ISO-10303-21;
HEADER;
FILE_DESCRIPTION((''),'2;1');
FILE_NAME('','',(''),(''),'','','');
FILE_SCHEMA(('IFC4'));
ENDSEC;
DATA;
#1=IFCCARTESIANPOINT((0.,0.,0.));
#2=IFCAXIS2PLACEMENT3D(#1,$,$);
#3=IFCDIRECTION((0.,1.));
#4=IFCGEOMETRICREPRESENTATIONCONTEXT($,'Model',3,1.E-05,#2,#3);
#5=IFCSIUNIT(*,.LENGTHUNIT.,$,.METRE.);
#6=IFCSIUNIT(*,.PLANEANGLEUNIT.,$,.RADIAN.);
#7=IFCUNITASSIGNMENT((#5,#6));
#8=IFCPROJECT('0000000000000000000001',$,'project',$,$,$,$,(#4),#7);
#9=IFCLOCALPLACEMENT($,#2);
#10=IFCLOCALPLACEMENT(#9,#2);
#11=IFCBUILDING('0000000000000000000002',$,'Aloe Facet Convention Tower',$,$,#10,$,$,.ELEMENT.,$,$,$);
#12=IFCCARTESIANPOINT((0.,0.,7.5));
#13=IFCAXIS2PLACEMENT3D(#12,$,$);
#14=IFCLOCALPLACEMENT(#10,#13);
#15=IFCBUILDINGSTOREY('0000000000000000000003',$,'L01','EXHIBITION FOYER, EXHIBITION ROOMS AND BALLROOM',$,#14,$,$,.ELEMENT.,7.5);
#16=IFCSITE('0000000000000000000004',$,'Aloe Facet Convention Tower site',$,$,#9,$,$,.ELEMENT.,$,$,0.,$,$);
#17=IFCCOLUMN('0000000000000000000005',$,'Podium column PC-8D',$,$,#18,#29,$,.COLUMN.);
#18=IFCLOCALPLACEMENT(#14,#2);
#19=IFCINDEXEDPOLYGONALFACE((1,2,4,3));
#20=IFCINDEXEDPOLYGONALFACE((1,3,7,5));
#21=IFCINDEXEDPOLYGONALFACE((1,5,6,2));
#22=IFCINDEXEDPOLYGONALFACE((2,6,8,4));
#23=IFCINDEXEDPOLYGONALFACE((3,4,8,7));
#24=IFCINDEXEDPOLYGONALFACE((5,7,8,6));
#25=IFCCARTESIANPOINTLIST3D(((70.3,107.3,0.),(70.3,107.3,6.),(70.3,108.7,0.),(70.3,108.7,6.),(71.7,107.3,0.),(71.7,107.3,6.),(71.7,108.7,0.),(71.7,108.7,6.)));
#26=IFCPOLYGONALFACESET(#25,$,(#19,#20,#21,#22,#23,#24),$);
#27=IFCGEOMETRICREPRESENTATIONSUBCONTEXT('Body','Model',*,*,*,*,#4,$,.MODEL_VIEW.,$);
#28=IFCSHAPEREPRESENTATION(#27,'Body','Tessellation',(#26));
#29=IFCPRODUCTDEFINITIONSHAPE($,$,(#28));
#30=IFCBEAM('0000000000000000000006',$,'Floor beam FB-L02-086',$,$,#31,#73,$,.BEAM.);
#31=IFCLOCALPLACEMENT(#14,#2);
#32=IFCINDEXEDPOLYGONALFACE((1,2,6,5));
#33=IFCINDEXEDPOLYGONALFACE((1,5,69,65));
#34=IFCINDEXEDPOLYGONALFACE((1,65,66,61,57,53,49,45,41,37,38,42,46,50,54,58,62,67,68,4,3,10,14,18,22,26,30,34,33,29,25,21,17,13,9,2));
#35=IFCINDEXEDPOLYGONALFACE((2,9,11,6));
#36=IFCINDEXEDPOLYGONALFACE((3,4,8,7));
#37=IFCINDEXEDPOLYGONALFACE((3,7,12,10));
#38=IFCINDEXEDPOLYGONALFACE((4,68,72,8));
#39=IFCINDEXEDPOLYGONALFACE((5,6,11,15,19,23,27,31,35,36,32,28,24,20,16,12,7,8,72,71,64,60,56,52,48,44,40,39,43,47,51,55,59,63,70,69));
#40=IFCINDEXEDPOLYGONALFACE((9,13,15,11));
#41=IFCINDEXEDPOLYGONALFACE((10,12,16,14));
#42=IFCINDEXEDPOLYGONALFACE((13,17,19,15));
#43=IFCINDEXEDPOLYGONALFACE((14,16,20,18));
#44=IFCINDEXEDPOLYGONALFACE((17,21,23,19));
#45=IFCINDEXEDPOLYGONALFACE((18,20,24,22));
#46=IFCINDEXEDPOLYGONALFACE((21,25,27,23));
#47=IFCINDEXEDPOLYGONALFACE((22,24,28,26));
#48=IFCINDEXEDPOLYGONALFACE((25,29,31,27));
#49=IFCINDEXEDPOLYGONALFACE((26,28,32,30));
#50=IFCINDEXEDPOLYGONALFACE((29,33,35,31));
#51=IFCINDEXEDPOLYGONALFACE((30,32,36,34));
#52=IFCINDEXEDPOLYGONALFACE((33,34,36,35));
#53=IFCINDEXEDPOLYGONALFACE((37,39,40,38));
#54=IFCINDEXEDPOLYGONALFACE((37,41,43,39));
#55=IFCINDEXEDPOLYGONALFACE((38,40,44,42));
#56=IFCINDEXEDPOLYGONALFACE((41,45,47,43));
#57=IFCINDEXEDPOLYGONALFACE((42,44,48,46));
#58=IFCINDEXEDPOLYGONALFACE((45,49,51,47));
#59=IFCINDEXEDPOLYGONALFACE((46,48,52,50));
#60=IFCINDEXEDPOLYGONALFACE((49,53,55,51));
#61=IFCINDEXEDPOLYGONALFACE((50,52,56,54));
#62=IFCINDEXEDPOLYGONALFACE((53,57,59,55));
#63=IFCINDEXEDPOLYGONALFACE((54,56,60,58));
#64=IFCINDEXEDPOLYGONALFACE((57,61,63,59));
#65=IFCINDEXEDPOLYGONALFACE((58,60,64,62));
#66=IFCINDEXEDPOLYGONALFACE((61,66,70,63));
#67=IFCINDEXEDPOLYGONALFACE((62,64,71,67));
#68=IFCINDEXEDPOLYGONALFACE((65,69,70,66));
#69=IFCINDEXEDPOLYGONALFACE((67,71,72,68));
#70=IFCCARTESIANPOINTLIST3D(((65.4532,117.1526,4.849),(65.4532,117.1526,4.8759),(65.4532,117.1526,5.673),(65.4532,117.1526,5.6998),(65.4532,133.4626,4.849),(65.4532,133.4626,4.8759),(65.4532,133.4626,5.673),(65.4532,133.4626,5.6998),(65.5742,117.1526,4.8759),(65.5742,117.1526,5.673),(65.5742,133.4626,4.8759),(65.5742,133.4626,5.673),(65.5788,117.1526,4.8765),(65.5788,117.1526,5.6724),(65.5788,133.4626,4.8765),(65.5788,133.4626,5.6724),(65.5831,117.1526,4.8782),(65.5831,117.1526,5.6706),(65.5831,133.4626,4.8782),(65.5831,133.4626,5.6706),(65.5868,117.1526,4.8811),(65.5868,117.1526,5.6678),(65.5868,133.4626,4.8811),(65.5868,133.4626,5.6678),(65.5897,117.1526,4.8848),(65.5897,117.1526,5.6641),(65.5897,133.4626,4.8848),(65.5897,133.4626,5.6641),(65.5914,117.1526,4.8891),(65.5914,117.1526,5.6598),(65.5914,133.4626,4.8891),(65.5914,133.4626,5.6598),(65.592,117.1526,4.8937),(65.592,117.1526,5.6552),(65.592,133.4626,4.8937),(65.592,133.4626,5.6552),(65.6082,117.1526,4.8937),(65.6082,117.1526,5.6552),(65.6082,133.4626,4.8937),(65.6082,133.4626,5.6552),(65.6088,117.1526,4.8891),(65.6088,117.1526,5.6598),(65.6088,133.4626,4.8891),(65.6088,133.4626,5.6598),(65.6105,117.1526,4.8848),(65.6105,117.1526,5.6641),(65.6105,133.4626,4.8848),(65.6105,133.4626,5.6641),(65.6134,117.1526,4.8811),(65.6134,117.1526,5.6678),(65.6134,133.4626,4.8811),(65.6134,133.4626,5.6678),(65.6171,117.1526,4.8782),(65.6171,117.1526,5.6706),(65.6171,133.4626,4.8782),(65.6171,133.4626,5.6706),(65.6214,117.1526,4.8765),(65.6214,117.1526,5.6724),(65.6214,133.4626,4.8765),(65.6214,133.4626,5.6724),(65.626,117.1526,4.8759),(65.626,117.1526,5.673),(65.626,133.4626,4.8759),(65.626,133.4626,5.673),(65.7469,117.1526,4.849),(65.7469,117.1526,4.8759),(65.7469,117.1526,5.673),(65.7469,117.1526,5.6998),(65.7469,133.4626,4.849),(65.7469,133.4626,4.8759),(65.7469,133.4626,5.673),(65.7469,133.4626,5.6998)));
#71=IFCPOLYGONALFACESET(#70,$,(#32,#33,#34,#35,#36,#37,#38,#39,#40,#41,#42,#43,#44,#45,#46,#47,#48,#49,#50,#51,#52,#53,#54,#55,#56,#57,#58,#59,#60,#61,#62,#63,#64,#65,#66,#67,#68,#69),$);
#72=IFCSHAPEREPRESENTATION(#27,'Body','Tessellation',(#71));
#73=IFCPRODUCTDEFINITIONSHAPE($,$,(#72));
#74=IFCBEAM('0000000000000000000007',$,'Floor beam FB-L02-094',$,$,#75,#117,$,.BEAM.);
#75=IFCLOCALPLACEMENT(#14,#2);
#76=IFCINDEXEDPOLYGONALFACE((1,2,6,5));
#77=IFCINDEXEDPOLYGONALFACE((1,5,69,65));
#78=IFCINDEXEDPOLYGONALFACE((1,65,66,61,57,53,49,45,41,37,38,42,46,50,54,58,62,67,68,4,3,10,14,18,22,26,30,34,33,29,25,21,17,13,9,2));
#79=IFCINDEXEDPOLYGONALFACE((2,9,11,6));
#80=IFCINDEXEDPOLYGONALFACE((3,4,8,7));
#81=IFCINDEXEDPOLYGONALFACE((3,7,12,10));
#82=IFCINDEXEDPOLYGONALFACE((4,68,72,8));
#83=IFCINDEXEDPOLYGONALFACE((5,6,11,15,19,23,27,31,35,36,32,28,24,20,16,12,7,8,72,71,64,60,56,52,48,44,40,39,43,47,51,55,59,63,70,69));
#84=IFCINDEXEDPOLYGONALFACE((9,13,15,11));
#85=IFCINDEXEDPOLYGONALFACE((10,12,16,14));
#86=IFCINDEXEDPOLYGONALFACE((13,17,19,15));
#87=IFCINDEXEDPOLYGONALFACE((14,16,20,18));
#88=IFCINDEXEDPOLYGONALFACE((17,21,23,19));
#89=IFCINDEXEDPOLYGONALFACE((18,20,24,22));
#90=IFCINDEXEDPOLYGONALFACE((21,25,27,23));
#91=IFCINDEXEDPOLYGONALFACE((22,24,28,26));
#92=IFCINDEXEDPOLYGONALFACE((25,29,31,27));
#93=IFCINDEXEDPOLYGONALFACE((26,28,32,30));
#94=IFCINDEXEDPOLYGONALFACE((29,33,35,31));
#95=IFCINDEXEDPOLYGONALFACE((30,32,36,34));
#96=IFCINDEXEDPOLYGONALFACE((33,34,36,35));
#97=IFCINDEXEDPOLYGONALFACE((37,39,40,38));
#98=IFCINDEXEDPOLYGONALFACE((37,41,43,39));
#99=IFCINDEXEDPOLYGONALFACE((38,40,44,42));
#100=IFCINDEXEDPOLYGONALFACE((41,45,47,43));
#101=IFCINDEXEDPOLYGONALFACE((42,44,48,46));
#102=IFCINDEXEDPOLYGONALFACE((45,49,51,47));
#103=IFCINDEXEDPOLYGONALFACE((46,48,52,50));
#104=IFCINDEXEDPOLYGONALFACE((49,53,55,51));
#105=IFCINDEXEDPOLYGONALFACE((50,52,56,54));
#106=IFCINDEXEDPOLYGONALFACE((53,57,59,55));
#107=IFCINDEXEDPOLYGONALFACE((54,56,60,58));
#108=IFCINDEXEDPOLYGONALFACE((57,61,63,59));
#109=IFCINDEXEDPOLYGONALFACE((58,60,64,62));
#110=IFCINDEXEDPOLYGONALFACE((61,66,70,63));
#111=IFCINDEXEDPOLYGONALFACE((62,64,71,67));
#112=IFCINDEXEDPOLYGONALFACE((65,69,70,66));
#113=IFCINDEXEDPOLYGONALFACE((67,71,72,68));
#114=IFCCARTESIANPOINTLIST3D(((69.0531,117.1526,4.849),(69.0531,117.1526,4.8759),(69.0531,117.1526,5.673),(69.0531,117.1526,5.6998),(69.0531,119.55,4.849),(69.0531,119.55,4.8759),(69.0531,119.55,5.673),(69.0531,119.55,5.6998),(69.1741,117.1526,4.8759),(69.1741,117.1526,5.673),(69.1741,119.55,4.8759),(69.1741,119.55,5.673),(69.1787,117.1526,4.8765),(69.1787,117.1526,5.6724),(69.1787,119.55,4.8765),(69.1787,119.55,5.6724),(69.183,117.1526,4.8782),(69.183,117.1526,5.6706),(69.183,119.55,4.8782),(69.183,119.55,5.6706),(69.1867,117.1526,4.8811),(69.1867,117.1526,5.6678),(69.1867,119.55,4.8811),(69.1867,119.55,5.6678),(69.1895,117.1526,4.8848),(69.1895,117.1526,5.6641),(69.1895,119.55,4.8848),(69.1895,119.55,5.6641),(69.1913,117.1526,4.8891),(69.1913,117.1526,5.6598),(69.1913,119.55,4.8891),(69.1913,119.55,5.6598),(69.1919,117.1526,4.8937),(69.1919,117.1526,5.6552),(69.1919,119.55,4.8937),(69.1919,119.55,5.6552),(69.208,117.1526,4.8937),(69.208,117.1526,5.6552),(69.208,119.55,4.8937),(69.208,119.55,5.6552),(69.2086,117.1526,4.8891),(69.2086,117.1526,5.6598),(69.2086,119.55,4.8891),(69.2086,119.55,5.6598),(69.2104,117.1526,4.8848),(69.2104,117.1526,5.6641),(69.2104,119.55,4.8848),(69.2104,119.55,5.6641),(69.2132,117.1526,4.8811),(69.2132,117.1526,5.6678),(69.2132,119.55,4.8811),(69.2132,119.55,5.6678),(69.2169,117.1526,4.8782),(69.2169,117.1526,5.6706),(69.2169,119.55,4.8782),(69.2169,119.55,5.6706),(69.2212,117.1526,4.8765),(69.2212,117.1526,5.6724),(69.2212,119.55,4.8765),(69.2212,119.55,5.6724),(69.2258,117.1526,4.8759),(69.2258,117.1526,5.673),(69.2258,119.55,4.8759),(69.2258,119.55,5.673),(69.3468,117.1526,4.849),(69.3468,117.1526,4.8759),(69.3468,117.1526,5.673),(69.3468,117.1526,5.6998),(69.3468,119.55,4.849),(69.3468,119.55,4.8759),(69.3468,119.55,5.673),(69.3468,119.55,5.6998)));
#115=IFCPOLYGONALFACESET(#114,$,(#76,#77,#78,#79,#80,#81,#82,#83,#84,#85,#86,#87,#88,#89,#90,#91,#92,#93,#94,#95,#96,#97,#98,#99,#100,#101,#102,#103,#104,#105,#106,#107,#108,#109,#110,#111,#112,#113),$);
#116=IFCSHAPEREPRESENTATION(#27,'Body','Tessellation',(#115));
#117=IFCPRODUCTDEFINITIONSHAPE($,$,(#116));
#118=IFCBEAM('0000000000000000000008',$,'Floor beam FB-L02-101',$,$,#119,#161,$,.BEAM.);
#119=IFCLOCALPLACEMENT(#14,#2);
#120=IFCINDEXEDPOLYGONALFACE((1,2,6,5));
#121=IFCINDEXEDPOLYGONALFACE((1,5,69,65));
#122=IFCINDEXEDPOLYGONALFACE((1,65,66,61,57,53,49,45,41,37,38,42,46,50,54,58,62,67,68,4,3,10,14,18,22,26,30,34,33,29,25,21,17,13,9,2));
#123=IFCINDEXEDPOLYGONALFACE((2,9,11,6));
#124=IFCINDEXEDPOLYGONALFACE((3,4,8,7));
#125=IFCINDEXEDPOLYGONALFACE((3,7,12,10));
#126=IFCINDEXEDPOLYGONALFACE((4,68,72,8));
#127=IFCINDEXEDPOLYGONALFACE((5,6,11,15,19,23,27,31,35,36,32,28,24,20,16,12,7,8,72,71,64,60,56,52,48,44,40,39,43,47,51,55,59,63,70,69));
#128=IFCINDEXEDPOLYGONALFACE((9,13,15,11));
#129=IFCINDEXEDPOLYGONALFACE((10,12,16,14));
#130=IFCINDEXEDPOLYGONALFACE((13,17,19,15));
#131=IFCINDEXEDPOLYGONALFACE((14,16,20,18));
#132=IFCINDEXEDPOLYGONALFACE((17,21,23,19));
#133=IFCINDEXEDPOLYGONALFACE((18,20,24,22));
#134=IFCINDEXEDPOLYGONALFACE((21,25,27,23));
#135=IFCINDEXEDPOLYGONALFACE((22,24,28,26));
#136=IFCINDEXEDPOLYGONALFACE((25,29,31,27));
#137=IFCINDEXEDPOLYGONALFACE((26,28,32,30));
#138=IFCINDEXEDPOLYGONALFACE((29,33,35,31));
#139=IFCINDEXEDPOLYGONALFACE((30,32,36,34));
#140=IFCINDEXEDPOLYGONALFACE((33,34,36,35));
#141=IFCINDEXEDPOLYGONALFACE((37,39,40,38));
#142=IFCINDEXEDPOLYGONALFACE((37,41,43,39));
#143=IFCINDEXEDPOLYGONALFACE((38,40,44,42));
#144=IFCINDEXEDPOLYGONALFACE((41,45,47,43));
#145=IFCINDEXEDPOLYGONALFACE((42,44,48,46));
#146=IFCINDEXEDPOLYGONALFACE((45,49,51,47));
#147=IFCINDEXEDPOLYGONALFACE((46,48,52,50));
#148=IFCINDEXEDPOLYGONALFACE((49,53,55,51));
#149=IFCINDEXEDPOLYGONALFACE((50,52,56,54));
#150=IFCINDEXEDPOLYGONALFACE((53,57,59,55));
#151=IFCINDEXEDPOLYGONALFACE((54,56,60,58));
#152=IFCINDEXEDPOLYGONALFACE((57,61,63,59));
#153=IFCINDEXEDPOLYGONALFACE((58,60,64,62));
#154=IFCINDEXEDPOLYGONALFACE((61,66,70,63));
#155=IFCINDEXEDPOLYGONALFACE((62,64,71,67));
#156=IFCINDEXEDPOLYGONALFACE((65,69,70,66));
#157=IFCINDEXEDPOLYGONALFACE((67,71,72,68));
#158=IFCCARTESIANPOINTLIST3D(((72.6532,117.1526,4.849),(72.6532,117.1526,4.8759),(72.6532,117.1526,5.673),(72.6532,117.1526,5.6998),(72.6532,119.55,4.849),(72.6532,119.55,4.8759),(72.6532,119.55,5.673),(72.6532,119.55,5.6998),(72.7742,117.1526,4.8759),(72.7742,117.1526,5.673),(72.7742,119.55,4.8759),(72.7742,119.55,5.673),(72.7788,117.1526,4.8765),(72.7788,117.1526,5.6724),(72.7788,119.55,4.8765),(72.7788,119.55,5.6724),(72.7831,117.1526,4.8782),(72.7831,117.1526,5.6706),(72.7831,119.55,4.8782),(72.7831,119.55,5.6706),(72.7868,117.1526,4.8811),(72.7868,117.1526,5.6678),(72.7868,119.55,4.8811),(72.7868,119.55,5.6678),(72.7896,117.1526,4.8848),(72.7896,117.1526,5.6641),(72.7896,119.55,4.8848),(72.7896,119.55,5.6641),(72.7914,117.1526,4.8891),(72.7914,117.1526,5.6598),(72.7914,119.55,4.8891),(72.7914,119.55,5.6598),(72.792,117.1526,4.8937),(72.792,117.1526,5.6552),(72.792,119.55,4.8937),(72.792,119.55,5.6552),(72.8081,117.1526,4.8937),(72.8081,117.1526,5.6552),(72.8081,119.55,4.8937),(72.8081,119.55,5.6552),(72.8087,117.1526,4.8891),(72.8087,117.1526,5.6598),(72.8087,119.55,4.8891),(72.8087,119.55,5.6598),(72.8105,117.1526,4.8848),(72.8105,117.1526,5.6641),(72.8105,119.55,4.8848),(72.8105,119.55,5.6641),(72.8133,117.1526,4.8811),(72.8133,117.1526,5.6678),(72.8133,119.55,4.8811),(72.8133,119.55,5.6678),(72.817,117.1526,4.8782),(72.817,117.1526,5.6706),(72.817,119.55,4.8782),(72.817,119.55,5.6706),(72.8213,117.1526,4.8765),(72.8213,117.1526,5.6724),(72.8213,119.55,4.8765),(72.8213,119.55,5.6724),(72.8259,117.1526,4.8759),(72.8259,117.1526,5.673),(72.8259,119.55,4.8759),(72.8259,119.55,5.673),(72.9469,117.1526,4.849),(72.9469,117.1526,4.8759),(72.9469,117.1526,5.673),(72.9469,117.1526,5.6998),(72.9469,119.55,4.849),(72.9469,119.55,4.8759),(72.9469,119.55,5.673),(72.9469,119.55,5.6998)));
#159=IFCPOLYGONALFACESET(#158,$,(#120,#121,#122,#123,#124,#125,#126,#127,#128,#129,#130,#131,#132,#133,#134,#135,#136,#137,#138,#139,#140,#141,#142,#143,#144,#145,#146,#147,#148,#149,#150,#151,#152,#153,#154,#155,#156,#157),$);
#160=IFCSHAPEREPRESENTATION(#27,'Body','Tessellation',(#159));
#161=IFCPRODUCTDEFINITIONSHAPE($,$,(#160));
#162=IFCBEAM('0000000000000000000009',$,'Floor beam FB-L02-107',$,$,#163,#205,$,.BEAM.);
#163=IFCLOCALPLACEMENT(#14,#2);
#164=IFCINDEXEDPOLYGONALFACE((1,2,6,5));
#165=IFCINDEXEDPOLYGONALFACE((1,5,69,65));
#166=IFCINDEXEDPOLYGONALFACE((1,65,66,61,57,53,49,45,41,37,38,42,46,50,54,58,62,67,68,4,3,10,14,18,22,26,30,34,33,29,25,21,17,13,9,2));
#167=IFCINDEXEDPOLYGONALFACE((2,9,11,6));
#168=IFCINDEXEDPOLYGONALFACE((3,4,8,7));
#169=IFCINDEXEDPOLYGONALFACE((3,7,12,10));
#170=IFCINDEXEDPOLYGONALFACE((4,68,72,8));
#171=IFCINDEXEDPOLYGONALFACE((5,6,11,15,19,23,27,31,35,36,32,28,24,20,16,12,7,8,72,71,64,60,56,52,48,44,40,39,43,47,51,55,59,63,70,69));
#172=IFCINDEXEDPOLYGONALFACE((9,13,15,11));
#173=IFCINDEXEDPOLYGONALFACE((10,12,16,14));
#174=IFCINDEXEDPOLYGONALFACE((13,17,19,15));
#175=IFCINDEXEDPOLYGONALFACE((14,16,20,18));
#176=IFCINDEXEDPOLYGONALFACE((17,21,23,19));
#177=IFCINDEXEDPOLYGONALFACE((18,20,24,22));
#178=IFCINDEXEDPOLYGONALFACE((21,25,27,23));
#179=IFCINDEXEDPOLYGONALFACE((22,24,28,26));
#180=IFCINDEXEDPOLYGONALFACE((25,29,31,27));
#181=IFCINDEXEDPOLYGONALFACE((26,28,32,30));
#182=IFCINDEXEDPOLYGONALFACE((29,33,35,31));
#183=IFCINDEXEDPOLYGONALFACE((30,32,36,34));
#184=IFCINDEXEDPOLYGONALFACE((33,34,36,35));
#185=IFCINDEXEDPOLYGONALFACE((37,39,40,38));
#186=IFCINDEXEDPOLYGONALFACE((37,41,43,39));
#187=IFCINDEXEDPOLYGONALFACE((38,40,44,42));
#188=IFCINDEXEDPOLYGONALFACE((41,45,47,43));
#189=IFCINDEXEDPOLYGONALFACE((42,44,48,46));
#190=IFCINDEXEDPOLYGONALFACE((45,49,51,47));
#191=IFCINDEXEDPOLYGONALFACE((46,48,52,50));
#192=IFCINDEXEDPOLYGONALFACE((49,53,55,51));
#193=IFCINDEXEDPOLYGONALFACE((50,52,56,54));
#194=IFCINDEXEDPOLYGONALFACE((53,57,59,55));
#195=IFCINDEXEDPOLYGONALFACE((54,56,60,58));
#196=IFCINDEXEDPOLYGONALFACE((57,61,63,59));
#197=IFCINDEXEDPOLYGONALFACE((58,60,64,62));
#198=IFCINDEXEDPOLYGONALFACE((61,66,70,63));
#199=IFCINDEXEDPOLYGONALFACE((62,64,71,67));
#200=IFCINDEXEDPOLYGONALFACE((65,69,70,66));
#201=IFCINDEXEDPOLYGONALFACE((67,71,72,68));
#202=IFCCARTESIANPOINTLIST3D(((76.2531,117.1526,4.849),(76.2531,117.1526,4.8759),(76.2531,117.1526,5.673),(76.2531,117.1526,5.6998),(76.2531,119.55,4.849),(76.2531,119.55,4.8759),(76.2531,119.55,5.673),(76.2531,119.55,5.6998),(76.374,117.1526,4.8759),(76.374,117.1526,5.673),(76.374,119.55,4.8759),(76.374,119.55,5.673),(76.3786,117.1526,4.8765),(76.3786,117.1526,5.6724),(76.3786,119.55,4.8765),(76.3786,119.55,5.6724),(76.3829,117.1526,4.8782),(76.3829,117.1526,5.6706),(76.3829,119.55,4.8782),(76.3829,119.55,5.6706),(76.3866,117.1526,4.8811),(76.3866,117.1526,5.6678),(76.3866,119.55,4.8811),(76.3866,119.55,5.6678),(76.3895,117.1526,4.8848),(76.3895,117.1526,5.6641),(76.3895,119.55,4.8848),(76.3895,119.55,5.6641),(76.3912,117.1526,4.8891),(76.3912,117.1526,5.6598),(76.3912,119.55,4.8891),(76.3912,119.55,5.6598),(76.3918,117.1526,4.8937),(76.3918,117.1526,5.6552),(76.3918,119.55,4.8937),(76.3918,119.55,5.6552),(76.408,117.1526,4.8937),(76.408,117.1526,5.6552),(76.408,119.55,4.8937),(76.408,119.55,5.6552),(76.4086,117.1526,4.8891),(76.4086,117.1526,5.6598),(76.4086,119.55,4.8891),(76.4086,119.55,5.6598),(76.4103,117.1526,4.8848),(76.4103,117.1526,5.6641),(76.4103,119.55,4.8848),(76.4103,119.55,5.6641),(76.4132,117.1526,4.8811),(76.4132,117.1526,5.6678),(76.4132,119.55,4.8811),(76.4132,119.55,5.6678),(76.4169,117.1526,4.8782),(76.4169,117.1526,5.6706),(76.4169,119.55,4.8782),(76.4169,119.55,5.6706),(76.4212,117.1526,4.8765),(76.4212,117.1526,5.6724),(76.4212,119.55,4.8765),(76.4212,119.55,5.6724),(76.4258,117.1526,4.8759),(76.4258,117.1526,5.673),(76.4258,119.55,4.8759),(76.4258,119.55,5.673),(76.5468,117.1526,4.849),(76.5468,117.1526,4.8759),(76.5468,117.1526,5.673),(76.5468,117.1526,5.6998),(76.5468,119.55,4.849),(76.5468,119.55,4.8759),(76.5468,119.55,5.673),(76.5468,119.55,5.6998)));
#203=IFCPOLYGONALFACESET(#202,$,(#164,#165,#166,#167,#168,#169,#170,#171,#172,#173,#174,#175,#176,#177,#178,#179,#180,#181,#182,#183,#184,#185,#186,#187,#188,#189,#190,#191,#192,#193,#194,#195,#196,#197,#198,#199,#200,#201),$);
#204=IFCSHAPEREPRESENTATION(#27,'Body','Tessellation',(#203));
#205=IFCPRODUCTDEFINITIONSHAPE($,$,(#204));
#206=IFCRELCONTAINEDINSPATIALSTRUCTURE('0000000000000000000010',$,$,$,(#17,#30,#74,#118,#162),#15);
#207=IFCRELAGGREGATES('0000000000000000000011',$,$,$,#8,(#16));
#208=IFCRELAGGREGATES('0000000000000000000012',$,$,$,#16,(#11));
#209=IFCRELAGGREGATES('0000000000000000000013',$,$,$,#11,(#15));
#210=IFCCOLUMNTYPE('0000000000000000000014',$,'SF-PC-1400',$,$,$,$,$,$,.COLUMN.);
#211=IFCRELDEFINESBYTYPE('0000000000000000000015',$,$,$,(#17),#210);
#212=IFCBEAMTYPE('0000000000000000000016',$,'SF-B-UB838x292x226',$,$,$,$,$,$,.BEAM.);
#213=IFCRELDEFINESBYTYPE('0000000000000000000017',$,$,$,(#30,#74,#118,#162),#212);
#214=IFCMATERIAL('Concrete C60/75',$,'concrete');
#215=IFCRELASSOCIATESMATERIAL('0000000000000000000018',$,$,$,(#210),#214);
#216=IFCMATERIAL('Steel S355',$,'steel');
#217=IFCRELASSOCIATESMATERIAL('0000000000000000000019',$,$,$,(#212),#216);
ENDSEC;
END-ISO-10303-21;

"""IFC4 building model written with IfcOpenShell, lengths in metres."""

from ifc_helpers import new_model, si_unit, direction, frame, origin, origin_2d, place, context, subcontext, project, spatial, rectangle, i_section, extrude, material, material_profile, profile_set, type_object, element, save


model = new_model("IFC4")

# Units and contexts
model_context = context("Model", 3, precision=1e-05, world=origin(), true_north=direction((0.0, 1.0)))
body_context = subcontext(model_context, "Body", "Model", "MODEL_VIEW")
ifc_project = project(units=[si_unit("LENGTHUNIT", "METRE"), si_unit("PLANEANGLEUNIT", "RADIAN")], contexts=[model_context])

# Site, building, storey
site_placement = place(None, origin())
site = spatial("IfcSite", under=ifc_project, at=site_placement, Name="Aloe Facet Convention Tower site", CompositionType="ELEMENT", RefElevation=0.0)
building_placement = place(site_placement, origin())
building = spatial("IfcBuilding", under=site, at=building_placement, Name="Aloe Facet Convention Tower", CompositionType="ELEMENT")
storey_placement = place(building_placement, frame((0.0, 0.0, 7.5)))
storey = spatial("IfcBuildingStorey", under=building, at=storey_placement, Name="L01", Description="EXHIBITION FOYER, EXHIBITION ROOMS AND BALLROOM", CompositionType="ELEMENT", Elevation=7.5)

# Column
ifc_material_1 = material(Name="Concrete C60/75", Category="concrete")
ifc_material_profile_1 = material_profile(ifc_material_1, rectangle(XDim=1.3999, YDim=1.3999, at=origin_2d()), Name="SF-PC-1400")
ifc_profile_set_1 = profile_set([ifc_material_profile_1], Name="Concrete C60/75")
column_type = type_object("IfcColumnType", Name="SF-PC-1400", PredefinedType="COLUMN", material=ifc_profile_set_1)
column_placement = place(storey_placement, frame((71.0, 108.0, 0.0), z_axis=(0.0, 0.0, 1.0), x_axis=(1.0, 0.0, 0.0)))
element("IfcColumn", 1, at=column_placement, inside=storey, type_object=column_type, Name="Podium column PC-8D", PredefinedType="COLUMN", context=body_context, shape_type="SweptSolid", body=[
    extrude(rectangle(XDim=1.3999, YDim=1.3999, at=origin_2d()), origin(), (0.0, 0.0, 1.0), 6.0),
])

# Beams
ifc_material_2 = material(Name="Steel S355", Category="steel")
ifc_material_profile_2 = material_profile(ifc_material_2, i_section(OverallWidth=0.2937, OverallDepth=0.8508, WebThickness=0.0161, FlangeThickness=0.0269, FilletRadius=0.0178, at=origin_2d()), Name="UB 838x292x226")
ifc_profile_set_2 = profile_set([ifc_material_profile_2], Name="Steel S355")
beam_type = type_object("IfcBeamType", Name="SF-B-UB838x292x226", PredefinedType="BEAM", material=ifc_profile_set_2)
beam_placement = place(storey_placement, frame((65.6001, 117.1526, 5.2744), z_axis=(0.0, 1.0, 0.0), x_axis=(-1.0, 0.0, 0.0)))
element("IfcBeam", 2, at=beam_placement, inside=storey, type_object=beam_type, Name="Floor beam FB-L02-086", PredefinedType="BEAM", context=body_context, shape_type="SweptSolid", body=[
    extrude(i_section(OverallWidth=0.2937, OverallDepth=0.8508, WebThickness=0.0161, FlangeThickness=0.0269, FilletRadius=0.0178, at=origin_2d()), origin(), (0.0, 0.0, 1.0), 16.3101),
])
for number, where, z_axis, x_axis, name in (
    (3, (69.2, 117.1526, 5.2744), (0.0, 1.0, 0.0), (-1.0, 0.0, 0.0), "Floor beam FB-L02-094"),
    (4, (72.8, 117.1526, 5.2744), (0.0, 1.0, 0.0), (-1.0, 0.0, 0.0), "Floor beam FB-L02-101"),
    (5, (76.3999, 117.1526, 5.2744), (0.0, 1.0, 0.0), (-1.0, 0.0, 0.0), "Floor beam FB-L02-107"),
):
    element("IfcBeam", number, at=place(storey_placement, frame(where, z_axis=z_axis, x_axis=x_axis)), inside=storey, type_object=beam_type, Name=name, PredefinedType="BEAM", context=body_context, shape_type="SweptSolid", body=[
        extrude(i_section(OverallWidth=0.2937, OverallDepth=0.8508, WebThickness=0.0161, FlangeThickness=0.0269, FilletRadius=0.0178, at=origin_2d()), origin(), (0.0, 0.0, 1.0), 2.3975),
    ])

save(model, "model.ifc")
